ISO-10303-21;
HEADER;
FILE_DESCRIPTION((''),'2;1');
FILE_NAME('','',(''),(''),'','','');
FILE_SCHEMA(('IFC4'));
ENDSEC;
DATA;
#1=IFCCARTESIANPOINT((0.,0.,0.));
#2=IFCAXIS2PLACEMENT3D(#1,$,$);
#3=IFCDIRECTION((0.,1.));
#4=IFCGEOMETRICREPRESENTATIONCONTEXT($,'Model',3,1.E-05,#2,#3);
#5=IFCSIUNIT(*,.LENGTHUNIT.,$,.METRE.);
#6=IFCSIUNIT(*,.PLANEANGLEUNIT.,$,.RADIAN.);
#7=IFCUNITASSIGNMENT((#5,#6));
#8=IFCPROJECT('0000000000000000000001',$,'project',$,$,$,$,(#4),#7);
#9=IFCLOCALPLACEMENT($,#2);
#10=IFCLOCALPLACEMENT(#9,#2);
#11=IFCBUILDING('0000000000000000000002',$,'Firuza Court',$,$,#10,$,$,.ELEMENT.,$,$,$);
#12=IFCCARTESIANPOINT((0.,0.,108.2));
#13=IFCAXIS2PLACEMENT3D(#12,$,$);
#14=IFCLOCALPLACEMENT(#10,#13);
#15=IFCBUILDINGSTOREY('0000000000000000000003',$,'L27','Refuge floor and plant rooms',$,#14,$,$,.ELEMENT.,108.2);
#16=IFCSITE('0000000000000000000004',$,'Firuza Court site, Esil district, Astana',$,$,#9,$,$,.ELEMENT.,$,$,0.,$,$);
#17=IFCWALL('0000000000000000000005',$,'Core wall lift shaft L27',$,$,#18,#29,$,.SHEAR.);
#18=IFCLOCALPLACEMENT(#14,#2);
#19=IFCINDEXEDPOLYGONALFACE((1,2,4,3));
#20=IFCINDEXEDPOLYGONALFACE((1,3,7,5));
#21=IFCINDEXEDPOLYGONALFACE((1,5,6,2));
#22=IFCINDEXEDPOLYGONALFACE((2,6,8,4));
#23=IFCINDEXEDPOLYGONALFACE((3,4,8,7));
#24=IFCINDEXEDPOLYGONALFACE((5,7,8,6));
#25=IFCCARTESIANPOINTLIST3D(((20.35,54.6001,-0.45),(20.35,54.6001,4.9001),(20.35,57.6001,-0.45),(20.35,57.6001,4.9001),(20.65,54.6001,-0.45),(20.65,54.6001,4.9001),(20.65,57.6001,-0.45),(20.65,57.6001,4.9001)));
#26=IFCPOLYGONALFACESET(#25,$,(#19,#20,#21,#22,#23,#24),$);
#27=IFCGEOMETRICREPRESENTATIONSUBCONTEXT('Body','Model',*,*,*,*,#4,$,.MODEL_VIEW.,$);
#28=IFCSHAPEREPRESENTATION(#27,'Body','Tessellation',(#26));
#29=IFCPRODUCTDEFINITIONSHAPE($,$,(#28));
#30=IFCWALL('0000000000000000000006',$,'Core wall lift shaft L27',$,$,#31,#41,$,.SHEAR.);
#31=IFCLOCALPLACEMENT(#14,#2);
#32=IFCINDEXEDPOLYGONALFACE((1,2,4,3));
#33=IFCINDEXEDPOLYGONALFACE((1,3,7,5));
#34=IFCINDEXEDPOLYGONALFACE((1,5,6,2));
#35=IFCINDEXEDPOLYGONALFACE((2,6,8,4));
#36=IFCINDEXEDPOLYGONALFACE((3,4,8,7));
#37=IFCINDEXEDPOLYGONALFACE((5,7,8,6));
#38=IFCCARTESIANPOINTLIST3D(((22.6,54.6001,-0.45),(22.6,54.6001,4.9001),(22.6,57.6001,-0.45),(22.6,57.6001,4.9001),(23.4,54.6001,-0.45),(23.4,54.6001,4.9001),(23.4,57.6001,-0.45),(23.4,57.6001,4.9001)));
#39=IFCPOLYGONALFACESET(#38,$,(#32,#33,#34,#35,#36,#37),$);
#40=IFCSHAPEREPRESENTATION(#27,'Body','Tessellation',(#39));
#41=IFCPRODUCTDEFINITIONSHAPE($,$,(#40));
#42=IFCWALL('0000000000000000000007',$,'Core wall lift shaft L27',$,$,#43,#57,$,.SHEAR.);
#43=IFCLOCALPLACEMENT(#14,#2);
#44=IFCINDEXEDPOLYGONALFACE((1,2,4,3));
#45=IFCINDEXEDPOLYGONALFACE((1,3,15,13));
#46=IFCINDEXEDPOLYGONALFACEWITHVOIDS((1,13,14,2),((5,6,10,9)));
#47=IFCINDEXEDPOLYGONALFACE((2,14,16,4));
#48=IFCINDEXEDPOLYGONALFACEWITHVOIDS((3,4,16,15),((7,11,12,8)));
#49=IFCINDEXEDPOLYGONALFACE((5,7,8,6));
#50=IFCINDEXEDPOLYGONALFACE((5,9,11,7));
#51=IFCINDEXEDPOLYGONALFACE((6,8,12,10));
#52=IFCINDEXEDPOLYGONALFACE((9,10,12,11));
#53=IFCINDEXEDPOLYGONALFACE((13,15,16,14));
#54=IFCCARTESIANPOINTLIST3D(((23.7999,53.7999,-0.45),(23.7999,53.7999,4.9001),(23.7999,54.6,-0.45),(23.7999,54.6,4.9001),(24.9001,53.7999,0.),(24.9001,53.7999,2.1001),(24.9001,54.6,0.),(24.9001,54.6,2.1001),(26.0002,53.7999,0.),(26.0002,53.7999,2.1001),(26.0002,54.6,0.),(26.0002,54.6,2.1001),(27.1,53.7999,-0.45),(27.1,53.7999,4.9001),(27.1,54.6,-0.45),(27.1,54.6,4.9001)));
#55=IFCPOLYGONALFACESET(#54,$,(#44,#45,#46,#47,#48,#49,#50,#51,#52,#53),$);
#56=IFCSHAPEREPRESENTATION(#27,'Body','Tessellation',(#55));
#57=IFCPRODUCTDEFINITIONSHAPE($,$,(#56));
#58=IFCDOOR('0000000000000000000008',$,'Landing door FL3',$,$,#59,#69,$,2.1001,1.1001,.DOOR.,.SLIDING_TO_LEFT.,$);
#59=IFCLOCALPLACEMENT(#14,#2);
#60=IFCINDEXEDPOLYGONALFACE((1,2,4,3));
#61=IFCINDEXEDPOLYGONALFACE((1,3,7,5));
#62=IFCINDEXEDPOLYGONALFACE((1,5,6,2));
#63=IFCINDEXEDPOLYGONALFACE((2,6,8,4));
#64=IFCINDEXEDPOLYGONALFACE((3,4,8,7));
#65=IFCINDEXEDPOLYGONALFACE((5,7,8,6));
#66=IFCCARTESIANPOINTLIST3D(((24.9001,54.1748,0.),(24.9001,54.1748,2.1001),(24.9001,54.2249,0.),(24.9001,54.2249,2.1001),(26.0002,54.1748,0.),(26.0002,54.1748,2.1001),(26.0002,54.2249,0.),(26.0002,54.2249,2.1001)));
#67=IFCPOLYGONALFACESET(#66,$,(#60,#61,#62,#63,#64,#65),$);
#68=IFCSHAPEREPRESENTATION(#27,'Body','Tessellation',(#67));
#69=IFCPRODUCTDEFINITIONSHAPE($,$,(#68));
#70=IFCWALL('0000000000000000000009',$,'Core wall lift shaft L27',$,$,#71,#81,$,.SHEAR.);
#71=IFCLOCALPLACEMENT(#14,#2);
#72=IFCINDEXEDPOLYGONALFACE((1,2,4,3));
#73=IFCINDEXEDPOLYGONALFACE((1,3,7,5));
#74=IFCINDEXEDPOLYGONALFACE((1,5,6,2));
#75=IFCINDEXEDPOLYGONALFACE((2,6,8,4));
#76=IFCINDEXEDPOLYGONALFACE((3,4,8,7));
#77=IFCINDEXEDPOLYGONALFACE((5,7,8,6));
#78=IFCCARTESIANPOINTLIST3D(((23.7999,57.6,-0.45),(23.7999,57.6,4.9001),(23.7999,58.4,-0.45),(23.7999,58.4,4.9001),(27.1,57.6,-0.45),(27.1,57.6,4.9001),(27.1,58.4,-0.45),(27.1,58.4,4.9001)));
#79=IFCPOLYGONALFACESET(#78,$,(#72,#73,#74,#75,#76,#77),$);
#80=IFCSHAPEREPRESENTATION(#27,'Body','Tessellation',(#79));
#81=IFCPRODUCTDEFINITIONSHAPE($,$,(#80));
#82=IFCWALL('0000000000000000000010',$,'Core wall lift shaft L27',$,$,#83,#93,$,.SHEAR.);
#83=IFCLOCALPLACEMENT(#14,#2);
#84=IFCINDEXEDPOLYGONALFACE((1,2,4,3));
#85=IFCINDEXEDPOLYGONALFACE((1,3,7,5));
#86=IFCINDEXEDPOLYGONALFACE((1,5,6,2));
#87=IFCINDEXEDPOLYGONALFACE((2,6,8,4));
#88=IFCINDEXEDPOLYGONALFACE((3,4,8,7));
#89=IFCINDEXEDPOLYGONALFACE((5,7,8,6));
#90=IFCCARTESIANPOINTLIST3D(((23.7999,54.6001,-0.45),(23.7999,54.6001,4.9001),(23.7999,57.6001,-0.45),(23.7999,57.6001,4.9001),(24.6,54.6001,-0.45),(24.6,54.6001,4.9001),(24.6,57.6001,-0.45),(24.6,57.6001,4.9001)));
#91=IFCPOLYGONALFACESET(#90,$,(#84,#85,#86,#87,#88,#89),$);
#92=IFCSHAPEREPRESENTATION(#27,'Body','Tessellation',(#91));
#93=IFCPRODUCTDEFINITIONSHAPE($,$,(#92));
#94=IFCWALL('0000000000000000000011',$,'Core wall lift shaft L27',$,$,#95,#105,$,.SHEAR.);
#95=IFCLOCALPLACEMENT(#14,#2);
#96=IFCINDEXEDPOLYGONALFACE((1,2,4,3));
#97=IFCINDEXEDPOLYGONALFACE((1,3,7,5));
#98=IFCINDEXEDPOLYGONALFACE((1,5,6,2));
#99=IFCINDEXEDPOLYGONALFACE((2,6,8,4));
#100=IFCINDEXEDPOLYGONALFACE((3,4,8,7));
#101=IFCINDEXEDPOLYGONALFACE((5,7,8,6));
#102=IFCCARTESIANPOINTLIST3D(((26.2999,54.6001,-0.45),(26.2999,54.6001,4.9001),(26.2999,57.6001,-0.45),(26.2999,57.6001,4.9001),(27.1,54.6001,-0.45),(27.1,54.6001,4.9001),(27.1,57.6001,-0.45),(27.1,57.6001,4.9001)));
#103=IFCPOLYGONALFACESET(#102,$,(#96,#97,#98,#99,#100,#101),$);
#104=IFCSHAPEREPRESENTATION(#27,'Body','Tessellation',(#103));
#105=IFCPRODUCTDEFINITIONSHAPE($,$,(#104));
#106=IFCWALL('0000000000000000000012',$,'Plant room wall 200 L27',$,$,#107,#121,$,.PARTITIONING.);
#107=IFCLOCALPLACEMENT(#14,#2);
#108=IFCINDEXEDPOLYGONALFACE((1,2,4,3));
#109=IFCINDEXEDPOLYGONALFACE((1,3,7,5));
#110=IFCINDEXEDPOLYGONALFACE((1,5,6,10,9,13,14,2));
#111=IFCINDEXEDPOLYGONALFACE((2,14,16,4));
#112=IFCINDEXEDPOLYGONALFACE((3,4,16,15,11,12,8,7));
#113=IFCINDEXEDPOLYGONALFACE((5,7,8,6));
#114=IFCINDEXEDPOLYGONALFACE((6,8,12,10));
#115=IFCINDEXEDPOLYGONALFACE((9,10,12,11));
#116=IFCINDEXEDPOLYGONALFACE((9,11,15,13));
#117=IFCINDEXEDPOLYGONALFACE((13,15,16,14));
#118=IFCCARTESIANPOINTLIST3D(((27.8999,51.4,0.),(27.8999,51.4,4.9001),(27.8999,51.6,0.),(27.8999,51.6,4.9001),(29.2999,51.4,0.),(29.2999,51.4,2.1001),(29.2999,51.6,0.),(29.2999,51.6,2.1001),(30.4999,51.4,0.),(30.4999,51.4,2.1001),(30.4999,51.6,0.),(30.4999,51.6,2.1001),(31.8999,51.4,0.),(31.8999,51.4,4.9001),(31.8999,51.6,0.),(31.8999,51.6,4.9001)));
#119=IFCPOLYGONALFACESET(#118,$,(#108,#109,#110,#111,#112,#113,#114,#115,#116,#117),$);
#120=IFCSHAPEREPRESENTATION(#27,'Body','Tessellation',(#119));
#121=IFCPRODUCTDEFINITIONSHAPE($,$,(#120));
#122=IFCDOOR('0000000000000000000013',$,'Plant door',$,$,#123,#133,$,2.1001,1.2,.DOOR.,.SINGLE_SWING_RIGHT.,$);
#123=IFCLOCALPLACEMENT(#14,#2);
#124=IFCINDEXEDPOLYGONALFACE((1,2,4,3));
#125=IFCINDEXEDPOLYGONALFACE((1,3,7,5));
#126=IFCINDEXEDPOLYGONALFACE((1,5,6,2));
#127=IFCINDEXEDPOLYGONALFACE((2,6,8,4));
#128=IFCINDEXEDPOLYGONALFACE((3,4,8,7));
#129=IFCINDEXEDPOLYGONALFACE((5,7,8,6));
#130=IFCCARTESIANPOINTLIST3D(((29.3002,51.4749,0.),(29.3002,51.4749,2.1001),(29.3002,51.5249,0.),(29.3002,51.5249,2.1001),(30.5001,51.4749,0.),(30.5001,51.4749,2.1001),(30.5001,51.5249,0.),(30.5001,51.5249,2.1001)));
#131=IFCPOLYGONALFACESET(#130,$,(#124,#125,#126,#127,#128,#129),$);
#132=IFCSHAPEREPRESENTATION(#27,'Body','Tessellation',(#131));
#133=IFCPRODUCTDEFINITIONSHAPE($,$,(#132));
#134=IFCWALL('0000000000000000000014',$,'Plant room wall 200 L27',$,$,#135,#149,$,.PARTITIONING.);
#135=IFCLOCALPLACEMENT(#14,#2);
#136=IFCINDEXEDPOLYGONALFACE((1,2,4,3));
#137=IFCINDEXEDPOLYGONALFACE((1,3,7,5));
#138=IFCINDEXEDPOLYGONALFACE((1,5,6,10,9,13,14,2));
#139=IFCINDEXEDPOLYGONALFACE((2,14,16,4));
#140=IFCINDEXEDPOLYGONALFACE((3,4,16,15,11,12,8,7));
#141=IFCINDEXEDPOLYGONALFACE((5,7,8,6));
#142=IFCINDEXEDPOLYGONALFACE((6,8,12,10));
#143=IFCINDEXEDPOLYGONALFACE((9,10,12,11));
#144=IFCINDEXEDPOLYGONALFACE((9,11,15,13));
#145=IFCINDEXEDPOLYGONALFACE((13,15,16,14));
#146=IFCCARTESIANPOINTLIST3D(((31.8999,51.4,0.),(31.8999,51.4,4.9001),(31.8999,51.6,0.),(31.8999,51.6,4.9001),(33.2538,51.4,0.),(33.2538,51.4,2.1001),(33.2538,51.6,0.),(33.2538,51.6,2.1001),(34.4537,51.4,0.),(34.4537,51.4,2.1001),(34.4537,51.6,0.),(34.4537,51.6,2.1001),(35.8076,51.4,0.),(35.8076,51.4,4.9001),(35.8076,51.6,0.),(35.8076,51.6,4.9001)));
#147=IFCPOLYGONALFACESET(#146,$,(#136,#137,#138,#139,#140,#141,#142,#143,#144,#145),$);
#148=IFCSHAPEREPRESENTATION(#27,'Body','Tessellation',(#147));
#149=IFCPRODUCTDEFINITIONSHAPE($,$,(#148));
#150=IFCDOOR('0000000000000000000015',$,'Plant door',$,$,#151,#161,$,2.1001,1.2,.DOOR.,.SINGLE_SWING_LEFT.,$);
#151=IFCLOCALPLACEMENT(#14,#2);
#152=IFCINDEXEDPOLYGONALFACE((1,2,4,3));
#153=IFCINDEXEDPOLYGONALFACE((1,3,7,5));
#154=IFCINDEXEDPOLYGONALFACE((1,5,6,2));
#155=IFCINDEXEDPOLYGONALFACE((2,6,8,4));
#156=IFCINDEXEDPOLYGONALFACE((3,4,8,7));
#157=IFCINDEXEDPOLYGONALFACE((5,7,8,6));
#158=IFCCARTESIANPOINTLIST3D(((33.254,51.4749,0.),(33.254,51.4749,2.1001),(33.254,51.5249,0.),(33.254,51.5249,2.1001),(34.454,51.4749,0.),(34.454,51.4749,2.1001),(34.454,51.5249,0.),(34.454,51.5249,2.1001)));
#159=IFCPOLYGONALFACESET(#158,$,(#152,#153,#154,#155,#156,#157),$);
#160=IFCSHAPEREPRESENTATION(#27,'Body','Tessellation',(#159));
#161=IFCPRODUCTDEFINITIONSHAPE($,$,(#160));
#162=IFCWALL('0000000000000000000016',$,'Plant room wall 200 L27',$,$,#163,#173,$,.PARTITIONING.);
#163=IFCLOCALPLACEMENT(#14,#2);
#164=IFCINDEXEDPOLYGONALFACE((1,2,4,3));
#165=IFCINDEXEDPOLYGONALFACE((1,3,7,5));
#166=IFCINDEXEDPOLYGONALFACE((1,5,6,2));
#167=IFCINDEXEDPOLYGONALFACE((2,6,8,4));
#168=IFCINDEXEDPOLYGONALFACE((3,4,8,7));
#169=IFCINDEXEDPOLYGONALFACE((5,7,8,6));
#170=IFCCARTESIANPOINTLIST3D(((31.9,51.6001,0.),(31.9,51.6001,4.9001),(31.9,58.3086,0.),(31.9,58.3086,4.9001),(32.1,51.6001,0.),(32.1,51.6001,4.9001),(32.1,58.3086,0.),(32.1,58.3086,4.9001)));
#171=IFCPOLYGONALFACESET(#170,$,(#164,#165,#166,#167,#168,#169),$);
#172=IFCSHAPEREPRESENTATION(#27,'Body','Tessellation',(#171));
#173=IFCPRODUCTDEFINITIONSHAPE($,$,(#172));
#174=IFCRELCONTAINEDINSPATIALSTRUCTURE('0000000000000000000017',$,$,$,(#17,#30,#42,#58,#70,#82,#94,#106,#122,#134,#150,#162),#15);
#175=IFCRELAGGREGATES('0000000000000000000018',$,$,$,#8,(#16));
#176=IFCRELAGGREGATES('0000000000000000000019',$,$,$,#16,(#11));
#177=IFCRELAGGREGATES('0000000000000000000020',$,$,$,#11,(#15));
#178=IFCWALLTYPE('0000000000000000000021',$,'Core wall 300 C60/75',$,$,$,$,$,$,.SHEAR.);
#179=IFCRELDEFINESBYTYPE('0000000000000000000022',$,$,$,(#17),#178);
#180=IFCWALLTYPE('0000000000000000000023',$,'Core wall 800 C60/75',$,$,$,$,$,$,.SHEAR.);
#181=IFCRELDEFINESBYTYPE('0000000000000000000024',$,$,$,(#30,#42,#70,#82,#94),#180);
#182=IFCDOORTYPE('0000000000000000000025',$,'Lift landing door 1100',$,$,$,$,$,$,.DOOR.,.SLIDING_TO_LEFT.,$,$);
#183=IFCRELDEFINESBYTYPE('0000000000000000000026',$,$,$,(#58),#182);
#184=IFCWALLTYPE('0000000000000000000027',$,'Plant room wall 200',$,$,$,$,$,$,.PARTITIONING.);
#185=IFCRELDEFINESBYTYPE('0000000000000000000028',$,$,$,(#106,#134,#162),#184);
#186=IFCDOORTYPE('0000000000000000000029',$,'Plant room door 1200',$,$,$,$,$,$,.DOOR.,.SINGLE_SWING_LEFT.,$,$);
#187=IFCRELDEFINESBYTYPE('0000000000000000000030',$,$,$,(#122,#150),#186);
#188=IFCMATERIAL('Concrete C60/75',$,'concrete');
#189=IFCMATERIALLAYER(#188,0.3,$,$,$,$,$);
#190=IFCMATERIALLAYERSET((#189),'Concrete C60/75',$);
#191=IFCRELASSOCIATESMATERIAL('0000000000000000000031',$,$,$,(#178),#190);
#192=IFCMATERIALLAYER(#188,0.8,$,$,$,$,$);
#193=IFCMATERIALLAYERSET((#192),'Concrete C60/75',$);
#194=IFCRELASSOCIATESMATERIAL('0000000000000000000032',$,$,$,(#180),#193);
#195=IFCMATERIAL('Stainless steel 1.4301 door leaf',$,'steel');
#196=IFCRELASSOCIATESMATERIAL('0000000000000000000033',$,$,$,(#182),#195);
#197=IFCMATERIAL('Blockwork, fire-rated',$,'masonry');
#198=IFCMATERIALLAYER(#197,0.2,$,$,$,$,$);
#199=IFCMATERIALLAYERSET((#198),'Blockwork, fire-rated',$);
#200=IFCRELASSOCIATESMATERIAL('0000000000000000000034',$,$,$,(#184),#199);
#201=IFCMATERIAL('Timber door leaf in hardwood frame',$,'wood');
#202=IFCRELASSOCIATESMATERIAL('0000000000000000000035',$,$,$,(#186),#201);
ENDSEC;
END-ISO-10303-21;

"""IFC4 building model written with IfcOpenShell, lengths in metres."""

from ifc_helpers import new_model, si_unit, direction, frame, frame_2d, origin, place, context, subcontext, project, spatial, rectangle, extrude, material, layer, layer_set, type_object, element, fill, save


model = new_model("IFC4")

# Units and contexts
model_context = context("Model", 3, precision=1e-05, world=origin(), true_north=direction((0.0, 1.0)))
body_context = subcontext(model_context, "Body", "Model", "MODEL_VIEW")
ifc_project = project(units=[si_unit("LENGTHUNIT", "METRE"), si_unit("PLANEANGLEUNIT", "RADIAN")], contexts=[model_context])

# Site, building, storey
site_placement = place(None, origin())
site = spatial("IfcSite", under=ifc_project, at=site_placement, Name="Firuza Court site, Esil district, Astana", CompositionType="ELEMENT", RefElevation=0.0)
building_placement = place(site_placement, origin())
building = spatial("IfcBuilding", under=site, at=building_placement, Name="Firuza Court", CompositionType="ELEMENT")
storey_placement = place(building_placement, frame((0.0, 0.0, 108.2)))
storey = spatial("IfcBuildingStorey", under=building, at=storey_placement, Name="L27", Description="Refuge floor and plant rooms", CompositionType="ELEMENT", Elevation=108.2)

# Walls
ifc_material_1 = material(Name="Concrete C60/75", Category="concrete")
ifc_layer_1 = layer(ifc_material_1, 0.3)
ifc_layer_set_1 = layer_set([ifc_layer_1], Name="Concrete C60/75")
wall_type_1 = type_object("IfcWallType", Name="Core wall 300 C60/75", PredefinedType="SHEAR", material=ifc_layer_set_1)
wall_1_placement = place(storey_placement, frame((20.5, 54.6001, -0.45), z_axis=(0.0, 0.0, 1.0), x_axis=(0.0, 1.0, 0.0)))
element("IfcWall", 1, at=wall_1_placement, inside=storey, type_object=wall_type_1, Name="Core wall lift shaft L27", PredefinedType="SHEAR", context=body_context, shape_type="SweptSolid", body=[
    extrude(rectangle(XDim=3.0, YDim=0.3, at=frame_2d((1.5, 0.0))), origin(), (0.0, 0.0, 1.0), 5.3501),
])
ifc_layer_2 = layer(ifc_material_1, 0.8)
ifc_layer_set_2 = layer_set([ifc_layer_2], Name="Concrete C60/75")
wall_type_2 = type_object("IfcWallType", Name="Core wall 800 C60/75", PredefinedType="SHEAR", material=ifc_layer_set_2)
wall_2_placement = place(storey_placement, frame((23.0, 54.6001, -0.45), z_axis=(0.0, 0.0, 1.0), x_axis=(0.0, 1.0, 0.0)))
element("IfcWall", 2, at=wall_2_placement, inside=storey, type_object=wall_type_2, Name="Core wall lift shaft L27", PredefinedType="SHEAR", context=body_context, shape_type="SweptSolid", body=[
    extrude(rectangle(XDim=3.0, YDim=0.8, at=frame_2d((1.5, 0.0))), origin(), (0.0, 0.0, 1.0), 5.3501),
])

# Wall, opening, door
wall_3_placement = place(storey_placement, frame((23.8, 54.2, -0.45), z_axis=(0.0, 0.0, 1.0), x_axis=(1.0, 0.0, 0.0)))
wall_3 = element("IfcWall", 3, at=wall_3_placement, inside=storey, type_object=wall_type_2, Name="Core wall lift shaft L27", PredefinedType="SHEAR", context=body_context, shape_type="SweptSolid", body=[
    extrude(rectangle(XDim=3.3, YDim=0.8, at=frame_2d((1.6499, 0.0))), origin(), (0.0, 0.0, 1.0), 5.3501),
])
opening_1_placement = place(wall_3_placement, frame((1.1001, 0.0, 0.45)))
opening_1 = element("IfcOpeningElement", 4, at=opening_1_placement, cuts=wall_3, PredefinedType="OPENING", context=body_context, shape_type="SweptSolid", body=[
    extrude(rectangle(XDim=1.1001, YDim=2.1001, at=frame_2d((0.55, 1.05))), frame((0.0, 0.4121, 0.0), z_axis=(0.0, -1.0, 0.0), x_axis=(1.0, 0.0, 0.0)), (0.0, 0.0, 1.0), 0.824),
])
ifc_material_2 = material(Name="Stainless steel 1.4301 door leaf", Category="steel")
door_type_1 = type_object("IfcDoorType", Name="Lift landing door 1100", OperationType="SLIDING_TO_LEFT", PredefinedType="DOOR", material=ifc_material_2)
door_1_placement = place(opening_1_placement, origin())
door_1 = element("IfcDoor", 5, at=door_1_placement, inside=storey, type_object=door_type_1, Name="Landing door FL3", OperationType="SLIDING_TO_LEFT", OverallHeight=2.1001, OverallWidth=1.1001, PredefinedType="DOOR", context=body_context, shape_type="SweptSolid", body=[
    extrude(rectangle(XDim=1.1001, YDim=2.1001, at=frame_2d((0.55, 1.05))), frame((0.0, 0.0249, 0.0), z_axis=(0.0, -1.0, 0.0), x_axis=(1.0, 0.0, 0.0)), (0.0, 0.0, 1.0), 0.05),
])
fill(opening_1, door_1)

# Walls
wall_4_placement = place(storey_placement, frame((23.8, 58.0, -0.45), z_axis=(0.0, 0.0, 1.0), x_axis=(1.0, 0.0, 0.0)))
element("IfcWall", 6, at=wall_4_placement, inside=storey, type_object=wall_type_2, Name="Core wall lift shaft L27", PredefinedType="SHEAR", context=body_context, shape_type="SweptSolid", body=[
    extrude(rectangle(XDim=3.3, YDim=0.8, at=frame_2d((1.6499, 0.0))), origin(), (0.0, 0.0, 1.0), 5.3501),
])
for number, where, z_axis, x_axis, name in (
    (7, (24.2, 54.6001, -0.45), (0.0, 0.0, 1.0), (0.0, 1.0, 0.0), "Core wall lift shaft L27"),
    (8, (26.7, 54.6001, -0.45), (0.0, 0.0, 1.0), (0.0, 1.0, 0.0), "Core wall lift shaft L27"),
):
    element("IfcWall", number, at=place(storey_placement, frame(where, z_axis=z_axis, x_axis=x_axis)), inside=storey, type_object=wall_type_2, Name=name, PredefinedType="SHEAR", context=body_context, shape_type="SweptSolid", body=[
        extrude(rectangle(XDim=3.0, YDim=0.8, at=frame_2d((1.5, 0.0))), origin(), (0.0, 0.0, 1.0), 5.3501),
    ])

# Walls, openings, doors
ifc_material_3 = material(Name="Blockwork, fire-rated", Category="masonry")
ifc_layer_3 = layer(ifc_material_3, 0.2)
ifc_layer_set_3 = layer_set([ifc_layer_3], Name="Blockwork, fire-rated")
wall_type_3 = type_object("IfcWallType", Name="Plant room wall 200", PredefinedType="PARTITIONING", material=ifc_layer_set_3)
wall_5_placement = place(storey_placement, frame((31.8999, 51.5, 0.0), z_axis=(0.0, 0.0, 1.0), x_axis=(-1.0, 0.0, 0.0)))
wall_5 = element("IfcWall", 9, at=wall_5_placement, inside=storey, type_object=wall_type_3, Name="Plant room wall 200 L27", PredefinedType="PARTITIONING", context=body_context, shape_type="SweptSolid", body=[
    extrude(rectangle(XDim=4.0, YDim=0.2, at=frame_2d((2.0, 0.0))), origin(), (0.0, 0.0, 1.0), 4.9001),
])
opening_2_placement = place(wall_5_placement, frame((1.3999, 0.0, 0.0)))
opening_2 = element("IfcOpeningElement", 10, at=opening_2_placement, cuts=wall_5, PredefinedType="OPENING", context=body_context, shape_type="SweptSolid", body=[
    extrude(rectangle(XDim=1.2, YDim=2.1001, at=frame_2d((0.6001, 1.05))), frame((0.0, 0.1118, 0.0), z_axis=(0.0, -1.0, 0.0), x_axis=(1.0, 0.0, 0.0)), (0.0, 0.0, 1.0), 0.2239),
])
ifc_material_4 = material(Name="Timber door leaf in hardwood frame", Category="wood")
door_type_2 = type_object("IfcDoorType", Name="Plant room door 1200", OperationType="SINGLE_SWING_LEFT", PredefinedType="DOOR", material=ifc_material_4)
door_2_placement = place(opening_2_placement, frame((1.2, 0.0, 0.0), z_axis=(0.0, 0.0, 1.0), x_axis=(-1.0, 0.0, 0.0)))
door_2 = element("IfcDoor", 11, at=door_2_placement, inside=storey, type_object=door_type_2, Name="Plant door", OperationType="SINGLE_SWING_RIGHT", OverallHeight=2.1001, OverallWidth=1.2, PredefinedType="DOOR", context=body_context, shape_type="SweptSolid", body=[
    extrude(rectangle(XDim=1.2, YDim=2.1001, at=frame_2d((0.6001, 1.05))), frame((0.0, 0.0249, 0.0), z_axis=(0.0, -1.0, 0.0), x_axis=(1.0, 0.0, 0.0)), (0.0, 0.0, 1.0), 0.05),
])
fill(opening_2, door_2)
wall_6_placement = place(storey_placement, frame((35.8076, 51.5, 0.0), z_axis=(0.0, 0.0, 1.0), x_axis=(-1.0, 0.0, 0.0)))
wall_6 = element("IfcWall", 12, at=wall_6_placement, inside=storey, type_object=wall_type_3, Name="Plant room wall 200 L27", PredefinedType="PARTITIONING", context=body_context, shape_type="SweptSolid", body=[
    extrude(rectangle(XDim=3.9077, YDim=0.2, at=frame_2d((1.9539, 0.0))), origin(), (0.0, 0.0, 1.0), 4.9001),
])
opening_3_placement = place(wall_6_placement, frame((1.3538, 0.0, 0.0)))
opening_3 = element("IfcOpeningElement", 13, at=opening_3_placement, cuts=wall_6, PredefinedType="OPENING", context=body_context, shape_type="SweptSolid", body=[
    extrude(rectangle(XDim=1.2, YDim=2.1001, at=frame_2d((0.6001, 1.05))), frame((0.0, 0.1118, 0.0), z_axis=(0.0, -1.0, 0.0), x_axis=(1.0, 0.0, 0.0)), (0.0, 0.0, 1.0), 0.2239),
])
door_3_placement = place(opening_3_placement, frame((1.2, 0.0, 0.0), z_axis=(0.0, 0.0, 1.0), x_axis=(-1.0, 0.0, 0.0)))
door_3 = element("IfcDoor", 14, at=door_3_placement, inside=storey, type_object=door_type_2, Name="Plant door", OperationType="SINGLE_SWING_LEFT", OverallHeight=2.1001, OverallWidth=1.2, PredefinedType="DOOR", context=body_context, shape_type="SweptSolid", body=[
    extrude(rectangle(XDim=1.2, YDim=2.1001, at=frame_2d((0.6001, 1.05))), frame((0.0, 0.0249, 0.0), z_axis=(0.0, -1.0, 0.0), x_axis=(1.0, 0.0, 0.0)), (0.0, 0.0, 1.0), 0.05),
])
fill(opening_3, door_3)

# Wall
wall_7_placement = place(storey_placement, frame((32.0, 58.3086, 0.0), z_axis=(0.0, 0.0, 1.0), x_axis=(0.0, -1.0, 0.0)))
element("IfcWall", 15, at=wall_7_placement, inside=storey, type_object=wall_type_3, Name="Plant room wall 200 L27", PredefinedType="PARTITIONING", context=body_context, shape_type="SweptSolid", body=[
    extrude(rectangle(XDim=6.7085, YDim=0.2, at=frame_2d((3.3542, 0.0))), origin(), (0.0, 0.0, 1.0), 4.9001),
])

save(model, "model.ifc")
